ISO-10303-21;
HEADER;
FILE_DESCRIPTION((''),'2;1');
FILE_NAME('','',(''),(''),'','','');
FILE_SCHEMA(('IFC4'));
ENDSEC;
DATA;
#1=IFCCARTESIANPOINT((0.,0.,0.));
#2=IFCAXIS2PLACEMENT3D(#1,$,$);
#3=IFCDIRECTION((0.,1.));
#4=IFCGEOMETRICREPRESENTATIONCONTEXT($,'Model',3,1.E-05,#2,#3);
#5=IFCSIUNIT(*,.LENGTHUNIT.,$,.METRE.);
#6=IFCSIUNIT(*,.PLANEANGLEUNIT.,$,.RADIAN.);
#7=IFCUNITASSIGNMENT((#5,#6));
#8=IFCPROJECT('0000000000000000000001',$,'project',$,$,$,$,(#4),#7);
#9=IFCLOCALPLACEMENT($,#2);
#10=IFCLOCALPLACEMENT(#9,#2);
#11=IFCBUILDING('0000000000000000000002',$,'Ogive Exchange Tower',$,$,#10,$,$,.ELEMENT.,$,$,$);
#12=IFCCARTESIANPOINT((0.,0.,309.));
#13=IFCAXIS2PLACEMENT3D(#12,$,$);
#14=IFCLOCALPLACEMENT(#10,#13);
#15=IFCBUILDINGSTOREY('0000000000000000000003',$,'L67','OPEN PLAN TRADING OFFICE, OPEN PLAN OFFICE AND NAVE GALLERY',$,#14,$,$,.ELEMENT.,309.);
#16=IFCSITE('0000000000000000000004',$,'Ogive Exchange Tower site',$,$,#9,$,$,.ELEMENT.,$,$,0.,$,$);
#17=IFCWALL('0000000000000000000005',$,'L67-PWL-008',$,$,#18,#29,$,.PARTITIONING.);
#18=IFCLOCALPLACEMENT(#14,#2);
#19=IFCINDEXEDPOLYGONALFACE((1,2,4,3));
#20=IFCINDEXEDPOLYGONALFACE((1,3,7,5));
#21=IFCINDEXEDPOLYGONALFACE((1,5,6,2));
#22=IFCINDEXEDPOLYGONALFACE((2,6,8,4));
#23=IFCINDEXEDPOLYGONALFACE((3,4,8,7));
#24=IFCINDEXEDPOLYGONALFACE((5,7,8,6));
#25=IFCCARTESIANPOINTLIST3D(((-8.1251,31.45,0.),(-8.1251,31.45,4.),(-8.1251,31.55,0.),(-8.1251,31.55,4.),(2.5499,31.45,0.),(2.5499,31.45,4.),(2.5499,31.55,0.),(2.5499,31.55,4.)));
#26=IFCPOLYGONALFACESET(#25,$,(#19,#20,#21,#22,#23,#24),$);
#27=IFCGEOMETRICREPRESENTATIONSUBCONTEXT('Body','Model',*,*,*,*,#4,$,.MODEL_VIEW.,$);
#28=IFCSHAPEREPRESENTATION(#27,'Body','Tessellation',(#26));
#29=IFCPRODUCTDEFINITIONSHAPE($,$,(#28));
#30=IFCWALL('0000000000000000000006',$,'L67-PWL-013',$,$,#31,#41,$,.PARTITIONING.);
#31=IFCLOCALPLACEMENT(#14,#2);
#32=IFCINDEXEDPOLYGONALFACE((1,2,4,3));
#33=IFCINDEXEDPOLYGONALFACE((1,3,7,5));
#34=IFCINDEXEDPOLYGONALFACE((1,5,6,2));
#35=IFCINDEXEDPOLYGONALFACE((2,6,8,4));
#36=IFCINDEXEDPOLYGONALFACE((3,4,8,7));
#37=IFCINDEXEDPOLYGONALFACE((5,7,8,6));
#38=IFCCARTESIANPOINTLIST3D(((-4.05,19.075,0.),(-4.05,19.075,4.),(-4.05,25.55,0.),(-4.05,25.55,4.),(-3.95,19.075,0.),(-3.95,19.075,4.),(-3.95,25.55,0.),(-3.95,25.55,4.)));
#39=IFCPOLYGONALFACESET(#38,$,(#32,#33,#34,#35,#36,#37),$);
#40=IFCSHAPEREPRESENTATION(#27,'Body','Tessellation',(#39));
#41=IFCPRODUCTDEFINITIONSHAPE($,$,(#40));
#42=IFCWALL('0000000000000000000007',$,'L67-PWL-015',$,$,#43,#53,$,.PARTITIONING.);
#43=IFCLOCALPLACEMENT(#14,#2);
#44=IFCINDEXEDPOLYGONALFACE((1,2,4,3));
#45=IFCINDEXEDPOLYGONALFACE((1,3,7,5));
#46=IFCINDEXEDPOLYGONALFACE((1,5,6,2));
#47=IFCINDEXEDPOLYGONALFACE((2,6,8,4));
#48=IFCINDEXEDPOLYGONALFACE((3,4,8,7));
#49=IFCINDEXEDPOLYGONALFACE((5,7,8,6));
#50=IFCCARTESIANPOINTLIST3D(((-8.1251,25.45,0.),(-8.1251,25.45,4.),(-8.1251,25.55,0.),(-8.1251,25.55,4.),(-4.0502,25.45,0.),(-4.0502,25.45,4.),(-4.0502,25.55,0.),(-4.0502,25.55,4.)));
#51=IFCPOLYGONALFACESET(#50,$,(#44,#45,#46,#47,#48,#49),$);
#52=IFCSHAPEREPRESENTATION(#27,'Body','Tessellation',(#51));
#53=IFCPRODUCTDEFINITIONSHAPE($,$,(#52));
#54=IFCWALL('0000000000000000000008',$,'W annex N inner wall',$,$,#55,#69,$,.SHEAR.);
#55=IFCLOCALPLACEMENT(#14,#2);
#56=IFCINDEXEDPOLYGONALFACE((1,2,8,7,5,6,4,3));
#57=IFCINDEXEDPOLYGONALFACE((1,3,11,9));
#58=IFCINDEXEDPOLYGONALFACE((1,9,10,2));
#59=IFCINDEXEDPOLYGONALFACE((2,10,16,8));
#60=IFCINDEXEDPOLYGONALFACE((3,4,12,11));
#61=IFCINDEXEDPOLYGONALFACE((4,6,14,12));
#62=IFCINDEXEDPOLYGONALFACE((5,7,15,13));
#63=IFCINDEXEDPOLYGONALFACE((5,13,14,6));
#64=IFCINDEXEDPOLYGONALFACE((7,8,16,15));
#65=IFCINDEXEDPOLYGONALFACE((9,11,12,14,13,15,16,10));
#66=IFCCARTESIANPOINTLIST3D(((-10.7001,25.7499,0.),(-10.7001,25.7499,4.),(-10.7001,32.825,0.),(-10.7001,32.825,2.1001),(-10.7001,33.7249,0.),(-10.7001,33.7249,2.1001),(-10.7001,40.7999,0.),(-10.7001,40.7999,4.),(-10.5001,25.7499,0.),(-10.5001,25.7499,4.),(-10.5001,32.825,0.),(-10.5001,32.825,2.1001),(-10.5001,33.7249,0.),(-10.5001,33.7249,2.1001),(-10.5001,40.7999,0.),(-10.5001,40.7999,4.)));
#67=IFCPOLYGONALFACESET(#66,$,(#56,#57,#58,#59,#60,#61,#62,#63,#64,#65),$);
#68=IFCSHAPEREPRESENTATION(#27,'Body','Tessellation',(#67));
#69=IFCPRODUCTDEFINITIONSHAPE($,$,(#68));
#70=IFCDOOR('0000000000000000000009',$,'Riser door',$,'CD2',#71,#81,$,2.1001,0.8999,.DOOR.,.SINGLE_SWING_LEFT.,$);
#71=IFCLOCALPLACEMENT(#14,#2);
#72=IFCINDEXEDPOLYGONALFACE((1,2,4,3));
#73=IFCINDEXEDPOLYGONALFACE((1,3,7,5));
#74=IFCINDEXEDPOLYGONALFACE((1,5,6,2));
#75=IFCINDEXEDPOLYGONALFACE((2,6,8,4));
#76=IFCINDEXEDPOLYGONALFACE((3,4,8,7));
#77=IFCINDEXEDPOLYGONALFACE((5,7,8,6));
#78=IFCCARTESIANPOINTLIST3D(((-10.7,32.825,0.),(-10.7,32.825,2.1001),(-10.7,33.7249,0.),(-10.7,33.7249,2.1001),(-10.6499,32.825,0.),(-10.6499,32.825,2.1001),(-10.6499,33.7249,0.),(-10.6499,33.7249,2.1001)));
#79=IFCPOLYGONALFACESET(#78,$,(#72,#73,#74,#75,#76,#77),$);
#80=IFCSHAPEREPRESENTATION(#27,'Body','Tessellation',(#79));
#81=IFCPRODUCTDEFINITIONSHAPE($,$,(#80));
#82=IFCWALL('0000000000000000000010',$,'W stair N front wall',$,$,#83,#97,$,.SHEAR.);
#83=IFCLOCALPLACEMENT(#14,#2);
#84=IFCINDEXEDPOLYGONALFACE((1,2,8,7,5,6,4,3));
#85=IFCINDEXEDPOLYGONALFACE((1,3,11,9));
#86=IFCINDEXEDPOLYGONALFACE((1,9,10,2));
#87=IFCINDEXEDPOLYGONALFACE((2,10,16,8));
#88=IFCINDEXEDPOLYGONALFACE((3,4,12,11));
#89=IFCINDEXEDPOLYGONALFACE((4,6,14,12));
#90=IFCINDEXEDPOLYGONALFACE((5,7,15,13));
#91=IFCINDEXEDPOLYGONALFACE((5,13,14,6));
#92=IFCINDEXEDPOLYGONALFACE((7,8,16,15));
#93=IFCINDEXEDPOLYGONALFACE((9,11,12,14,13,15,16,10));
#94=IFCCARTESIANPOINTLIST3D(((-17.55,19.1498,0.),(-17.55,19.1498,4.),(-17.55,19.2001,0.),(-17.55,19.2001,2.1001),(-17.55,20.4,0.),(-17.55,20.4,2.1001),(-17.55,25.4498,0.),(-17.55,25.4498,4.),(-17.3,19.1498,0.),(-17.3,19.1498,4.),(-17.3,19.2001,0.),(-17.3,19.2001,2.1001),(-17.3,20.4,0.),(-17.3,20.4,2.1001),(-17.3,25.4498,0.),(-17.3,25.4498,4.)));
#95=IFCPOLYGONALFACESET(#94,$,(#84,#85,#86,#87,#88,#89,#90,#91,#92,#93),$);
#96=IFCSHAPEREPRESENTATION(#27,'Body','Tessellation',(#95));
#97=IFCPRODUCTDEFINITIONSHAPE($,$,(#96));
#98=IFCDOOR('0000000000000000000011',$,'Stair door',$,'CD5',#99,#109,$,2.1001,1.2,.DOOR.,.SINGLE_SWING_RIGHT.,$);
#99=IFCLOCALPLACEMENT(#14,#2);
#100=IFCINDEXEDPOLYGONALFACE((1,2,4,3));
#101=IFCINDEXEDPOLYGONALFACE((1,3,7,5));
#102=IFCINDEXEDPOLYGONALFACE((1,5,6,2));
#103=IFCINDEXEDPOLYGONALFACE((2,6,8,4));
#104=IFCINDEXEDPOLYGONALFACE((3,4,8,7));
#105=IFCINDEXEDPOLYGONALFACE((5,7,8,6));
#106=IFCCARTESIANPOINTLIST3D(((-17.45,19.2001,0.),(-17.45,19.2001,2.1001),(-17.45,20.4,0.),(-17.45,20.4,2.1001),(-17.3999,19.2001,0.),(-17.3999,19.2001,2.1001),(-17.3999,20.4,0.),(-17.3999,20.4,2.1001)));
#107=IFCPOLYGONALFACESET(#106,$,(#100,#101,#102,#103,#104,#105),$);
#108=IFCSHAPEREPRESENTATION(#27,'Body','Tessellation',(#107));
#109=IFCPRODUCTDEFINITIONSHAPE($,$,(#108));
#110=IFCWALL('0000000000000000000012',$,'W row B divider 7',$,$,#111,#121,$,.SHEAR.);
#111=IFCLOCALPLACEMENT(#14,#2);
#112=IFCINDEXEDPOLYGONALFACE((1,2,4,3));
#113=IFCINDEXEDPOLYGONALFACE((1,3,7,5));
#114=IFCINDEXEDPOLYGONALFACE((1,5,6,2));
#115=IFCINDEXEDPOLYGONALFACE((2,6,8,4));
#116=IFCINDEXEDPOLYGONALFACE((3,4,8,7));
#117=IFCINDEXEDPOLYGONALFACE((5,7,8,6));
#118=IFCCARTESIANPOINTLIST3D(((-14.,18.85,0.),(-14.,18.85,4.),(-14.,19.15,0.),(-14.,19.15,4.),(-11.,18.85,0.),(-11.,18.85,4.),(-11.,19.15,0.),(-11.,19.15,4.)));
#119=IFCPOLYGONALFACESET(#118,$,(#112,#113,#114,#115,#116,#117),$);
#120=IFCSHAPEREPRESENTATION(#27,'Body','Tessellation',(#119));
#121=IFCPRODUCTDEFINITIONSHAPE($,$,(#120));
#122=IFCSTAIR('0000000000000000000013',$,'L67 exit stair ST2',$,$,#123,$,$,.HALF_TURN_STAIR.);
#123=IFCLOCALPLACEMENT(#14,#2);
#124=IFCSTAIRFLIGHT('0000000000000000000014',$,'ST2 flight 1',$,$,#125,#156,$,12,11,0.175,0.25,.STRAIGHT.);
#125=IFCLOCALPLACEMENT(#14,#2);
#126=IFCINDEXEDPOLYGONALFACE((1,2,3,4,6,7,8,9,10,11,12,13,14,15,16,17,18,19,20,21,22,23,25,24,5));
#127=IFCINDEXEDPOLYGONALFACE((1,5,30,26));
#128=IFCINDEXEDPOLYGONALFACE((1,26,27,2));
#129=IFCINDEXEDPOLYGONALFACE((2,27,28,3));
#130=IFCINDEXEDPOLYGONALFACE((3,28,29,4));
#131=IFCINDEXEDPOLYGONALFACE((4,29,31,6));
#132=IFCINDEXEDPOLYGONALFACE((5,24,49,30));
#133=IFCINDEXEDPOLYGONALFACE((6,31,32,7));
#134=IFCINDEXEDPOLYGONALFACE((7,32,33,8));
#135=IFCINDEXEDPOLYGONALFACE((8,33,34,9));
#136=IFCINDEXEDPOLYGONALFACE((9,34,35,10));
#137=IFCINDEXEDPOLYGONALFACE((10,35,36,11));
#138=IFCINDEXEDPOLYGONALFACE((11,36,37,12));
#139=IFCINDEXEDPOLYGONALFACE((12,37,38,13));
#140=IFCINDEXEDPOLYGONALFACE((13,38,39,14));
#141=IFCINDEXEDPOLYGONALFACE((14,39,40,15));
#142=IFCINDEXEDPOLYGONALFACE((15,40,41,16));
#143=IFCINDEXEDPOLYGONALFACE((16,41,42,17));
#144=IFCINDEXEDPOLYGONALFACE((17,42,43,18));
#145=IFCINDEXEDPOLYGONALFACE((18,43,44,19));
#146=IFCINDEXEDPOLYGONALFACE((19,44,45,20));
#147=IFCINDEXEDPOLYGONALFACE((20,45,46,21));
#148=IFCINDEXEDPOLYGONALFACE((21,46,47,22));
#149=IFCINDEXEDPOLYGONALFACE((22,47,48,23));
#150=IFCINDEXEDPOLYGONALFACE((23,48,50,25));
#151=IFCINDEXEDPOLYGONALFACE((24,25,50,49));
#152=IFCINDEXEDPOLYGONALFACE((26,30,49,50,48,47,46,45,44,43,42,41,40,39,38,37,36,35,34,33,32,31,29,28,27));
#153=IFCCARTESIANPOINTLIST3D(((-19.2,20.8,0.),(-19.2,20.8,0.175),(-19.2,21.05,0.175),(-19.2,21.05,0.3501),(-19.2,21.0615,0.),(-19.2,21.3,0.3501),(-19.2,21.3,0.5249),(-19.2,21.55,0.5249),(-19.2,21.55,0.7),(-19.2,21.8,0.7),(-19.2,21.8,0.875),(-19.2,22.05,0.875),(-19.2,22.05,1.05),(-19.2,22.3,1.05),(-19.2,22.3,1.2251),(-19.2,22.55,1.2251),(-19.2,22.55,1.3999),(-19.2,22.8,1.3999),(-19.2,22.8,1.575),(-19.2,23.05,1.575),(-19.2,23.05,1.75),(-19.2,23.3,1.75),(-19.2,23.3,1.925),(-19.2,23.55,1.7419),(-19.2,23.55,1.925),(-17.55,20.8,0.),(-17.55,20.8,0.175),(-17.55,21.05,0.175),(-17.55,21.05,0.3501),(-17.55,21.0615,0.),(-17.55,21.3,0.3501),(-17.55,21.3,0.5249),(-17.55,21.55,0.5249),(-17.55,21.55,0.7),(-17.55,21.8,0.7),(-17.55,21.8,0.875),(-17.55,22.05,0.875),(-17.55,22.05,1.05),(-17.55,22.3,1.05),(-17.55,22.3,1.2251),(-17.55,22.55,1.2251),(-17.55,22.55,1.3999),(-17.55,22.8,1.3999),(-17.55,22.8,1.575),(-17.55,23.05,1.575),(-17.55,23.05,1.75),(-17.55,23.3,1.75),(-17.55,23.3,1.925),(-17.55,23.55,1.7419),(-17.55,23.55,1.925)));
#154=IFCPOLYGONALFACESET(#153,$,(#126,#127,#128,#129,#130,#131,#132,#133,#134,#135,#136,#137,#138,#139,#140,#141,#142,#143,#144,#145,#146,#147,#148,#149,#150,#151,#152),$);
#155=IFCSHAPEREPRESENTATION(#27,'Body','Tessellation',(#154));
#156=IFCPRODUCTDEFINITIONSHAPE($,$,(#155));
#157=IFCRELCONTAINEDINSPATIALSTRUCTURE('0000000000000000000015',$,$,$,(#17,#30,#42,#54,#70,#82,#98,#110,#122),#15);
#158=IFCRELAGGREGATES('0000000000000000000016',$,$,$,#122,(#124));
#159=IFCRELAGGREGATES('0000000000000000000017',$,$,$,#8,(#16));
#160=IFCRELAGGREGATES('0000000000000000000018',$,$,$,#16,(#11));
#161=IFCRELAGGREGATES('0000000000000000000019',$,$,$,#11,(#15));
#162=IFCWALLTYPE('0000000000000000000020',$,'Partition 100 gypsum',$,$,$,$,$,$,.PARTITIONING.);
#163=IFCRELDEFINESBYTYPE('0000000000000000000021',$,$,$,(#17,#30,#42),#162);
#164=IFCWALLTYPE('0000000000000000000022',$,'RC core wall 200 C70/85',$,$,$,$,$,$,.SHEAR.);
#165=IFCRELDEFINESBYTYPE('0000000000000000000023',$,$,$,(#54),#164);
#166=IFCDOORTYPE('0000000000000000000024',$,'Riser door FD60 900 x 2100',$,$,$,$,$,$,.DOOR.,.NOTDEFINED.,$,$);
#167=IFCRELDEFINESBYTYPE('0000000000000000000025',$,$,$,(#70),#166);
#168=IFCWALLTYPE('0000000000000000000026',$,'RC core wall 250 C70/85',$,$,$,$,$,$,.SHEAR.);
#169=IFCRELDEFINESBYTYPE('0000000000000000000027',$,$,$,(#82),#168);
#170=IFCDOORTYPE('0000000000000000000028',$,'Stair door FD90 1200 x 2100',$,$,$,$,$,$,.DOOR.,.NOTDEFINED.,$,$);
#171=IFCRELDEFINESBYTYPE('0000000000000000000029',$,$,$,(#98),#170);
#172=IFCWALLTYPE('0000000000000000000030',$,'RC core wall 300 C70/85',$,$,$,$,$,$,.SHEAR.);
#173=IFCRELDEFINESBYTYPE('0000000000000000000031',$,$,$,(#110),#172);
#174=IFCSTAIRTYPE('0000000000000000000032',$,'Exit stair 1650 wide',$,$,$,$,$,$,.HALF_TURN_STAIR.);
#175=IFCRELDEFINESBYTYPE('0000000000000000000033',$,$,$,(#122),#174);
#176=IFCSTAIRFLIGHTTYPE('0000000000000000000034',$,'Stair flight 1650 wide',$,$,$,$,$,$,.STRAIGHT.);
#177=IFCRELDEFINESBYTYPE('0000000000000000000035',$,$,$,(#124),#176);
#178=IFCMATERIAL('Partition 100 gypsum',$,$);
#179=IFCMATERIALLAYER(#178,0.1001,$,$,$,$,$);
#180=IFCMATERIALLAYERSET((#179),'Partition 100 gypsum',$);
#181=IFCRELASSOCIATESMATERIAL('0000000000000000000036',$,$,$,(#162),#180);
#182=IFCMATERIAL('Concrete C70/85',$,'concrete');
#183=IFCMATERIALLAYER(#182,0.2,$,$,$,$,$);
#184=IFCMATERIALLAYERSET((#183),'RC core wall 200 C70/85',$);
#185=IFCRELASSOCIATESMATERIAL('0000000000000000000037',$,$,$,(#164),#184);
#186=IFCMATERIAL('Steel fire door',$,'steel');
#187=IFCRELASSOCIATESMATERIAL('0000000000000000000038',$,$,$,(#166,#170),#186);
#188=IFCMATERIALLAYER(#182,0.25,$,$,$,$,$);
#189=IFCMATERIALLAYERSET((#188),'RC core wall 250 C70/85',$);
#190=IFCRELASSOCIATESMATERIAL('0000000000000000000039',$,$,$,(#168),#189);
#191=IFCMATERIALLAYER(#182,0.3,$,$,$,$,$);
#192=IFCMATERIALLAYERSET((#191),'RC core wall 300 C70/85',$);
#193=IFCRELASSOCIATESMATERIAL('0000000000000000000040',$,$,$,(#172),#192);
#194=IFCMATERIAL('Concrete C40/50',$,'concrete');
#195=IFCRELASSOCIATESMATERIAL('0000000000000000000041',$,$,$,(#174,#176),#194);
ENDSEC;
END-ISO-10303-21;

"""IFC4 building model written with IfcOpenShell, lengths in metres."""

from ifc_helpers import new_model, si_unit, direction, frame, frame_2d, origin, place, context, subcontext, project, spatial, polyline, rectangle, outline, extrude, material, layer, layer_set, type_object, element, fill, aggregate, save


model = new_model("IFC4")

# Units and contexts
model_context = context("Model", 3, precision=1e-05, world=origin(), true_north=direction((0.0, 1.0)))
body_context = subcontext(model_context, "Body", "Model", "MODEL_VIEW")
ifc_project = project(units=[si_unit("LENGTHUNIT", "METRE"), si_unit("PLANEANGLEUNIT", "RADIAN")], contexts=[model_context])

# Site, building, storey
site_placement = place(None, origin())
site = spatial("IfcSite", under=ifc_project, at=site_placement, Name="Ogive Exchange Tower site", CompositionType="ELEMENT", RefElevation=0.0)
building_placement = place(site_placement, origin())
building = spatial("IfcBuilding", under=site, at=building_placement, Name="Ogive Exchange Tower", CompositionType="ELEMENT")
storey_placement = place(building_placement, frame((0.0, 0.0, 309.0)))
storey = spatial("IfcBuildingStorey", under=building, at=storey_placement, Name="L67", Description="OPEN PLAN TRADING OFFICE, OPEN PLAN OFFICE AND NAVE GALLERY", CompositionType="ELEMENT", Elevation=309.0)

# Walls
ifc_material_1 = material(Name="Partition 100 gypsum")
ifc_layer_1 = layer(ifc_material_1, 0.1001)
ifc_layer_set_1 = layer_set([ifc_layer_1], Name="Partition 100 gypsum")
wall_type_1 = type_object("IfcWallType", Name="Partition 100 gypsum", PredefinedType="PARTITIONING", material=ifc_layer_set_1)
wall_1_placement = place(storey_placement, frame((-8.125, 31.5, 0.0), z_axis=(0.0, 0.0, 1.0), x_axis=(1.0, 0.0, 0.0)))
element("IfcWall", 1, at=wall_1_placement, inside=storey, type_object=wall_type_1, Name="L67-PWL-008", PredefinedType="PARTITIONING", context=body_context, shape_type="SweptSolid", body=[
    extrude(rectangle(XDim=10.675, YDim=0.1001, at=frame_2d((5.3374, 0.0))), origin(), (0.0, 0.0, 1.0), 4.0),
])
wall_2_placement = place(storey_placement, frame((-4.0, 19.075, 0.0), z_axis=(0.0, 0.0, 1.0), x_axis=(0.0, 1.0, 0.0)))
element("IfcWall", 2, at=wall_2_placement, inside=storey, type_object=wall_type_1, Name="L67-PWL-013", PredefinedType="PARTITIONING", context=body_context, shape_type="SweptSolid", body=[
    extrude(rectangle(XDim=6.4751, YDim=0.1001, at=frame_2d((3.2375, 0.0))), origin(), (0.0, 0.0, 1.0), 4.0),
])
wall_3_placement = place(storey_placement, frame((-4.05, 25.5, 0.0), z_axis=(0.0, 0.0, 1.0), x_axis=(-1.0, 0.0, 0.0)))
element("IfcWall", 3, at=wall_3_placement, inside=storey, type_object=wall_type_1, Name="L67-PWL-015", PredefinedType="PARTITIONING", context=body_context, shape_type="SweptSolid", body=[
    extrude(rectangle(XDim=4.075, YDim=0.1001, at=frame_2d((2.0376, 0.0))), origin(), (0.0, 0.0, 1.0), 4.0),
])

# Walls, openings, doors
ifc_material_2 = material(Name="Concrete C70/85", Category="concrete")
ifc_layer_2 = layer(ifc_material_2, 0.2)
ifc_layer_set_2 = layer_set([ifc_layer_2], Name="RC core wall 200 C70/85")
wall_type_2 = type_object("IfcWallType", Name="RC core wall 200 C70/85", PredefinedType="SHEAR", material=ifc_layer_set_2)
wall_4_placement = place(storey_placement, frame((-10.6001, 25.75, 0.0), z_axis=(0.0, 0.0, 1.0), x_axis=(0.0, 1.0, 0.0)))
wall_4 = element("IfcWall", 4, at=wall_4_placement, inside=storey, type_object=wall_type_2, Name="W annex N inner wall", PredefinedType="SHEAR", context=body_context, shape_type="SweptSolid", body=[
    extrude(rectangle(XDim=15.05, YDim=0.2, at=frame_2d((7.5249, 0.0))), origin(), (0.0, 0.0, 1.0), 4.0),
])
opening_1_placement = place(wall_4_placement, frame((7.075, 0.0, 0.0)))
opening_1 = element("IfcOpeningElement", 5, at=opening_1_placement, cuts=wall_4, PredefinedType="OPENING", context=body_context, shape_type="SweptSolid", body=[
    extrude(rectangle(XDim=0.8999, YDim=2.1001, at=frame_2d((0.45, 1.05))), frame((0.0, 0.1099, 0.0), z_axis=(0.0, -1.0, 0.0), x_axis=(1.0, 0.0, 0.0)), (0.0, 0.0, 1.0), 0.22),
])
ifc_material_3 = material(Name="Steel fire door", Category="steel")
door_type_1 = type_object("IfcDoorType", Name="Riser door FD60 900 x 2100", OperationType="NOTDEFINED", PredefinedType="DOOR", material=ifc_material_3)
door_1_placement = place(opening_1_placement, frame((0.8999, 0.1499, 0.0), z_axis=(0.0, 0.0, 1.0), x_axis=(-1.0, 0.0, 0.0)))
door_1 = element("IfcDoor", 6, at=door_1_placement, inside=storey, type_object=door_type_1, Name="Riser door", ObjectType="CD2", OperationType="SINGLE_SWING_LEFT", OverallHeight=2.1001, OverallWidth=0.8999, PredefinedType="DOOR", context=body_context, shape_type="SweptSolid", body=[
    extrude(rectangle(XDim=0.8999, YDim=2.1001, at=frame_2d((0.45, 1.05))), frame((0.0, 0.1001, 0.0), z_axis=(0.0, -1.0, 0.0), x_axis=(1.0, 0.0, 0.0)), (0.0, 0.0, 1.0), 0.05),
])
fill(opening_1, door_1)
ifc_layer_3 = layer(ifc_material_2, 0.25)
ifc_layer_set_3 = layer_set([ifc_layer_3], Name="RC core wall 250 C70/85")
wall_type_3 = type_object("IfcWallType", Name="RC core wall 250 C70/85", PredefinedType="SHEAR", material=ifc_layer_set_3)
wall_5_placement = place(storey_placement, frame((-17.425, 19.1499, 0.0), z_axis=(0.0, 0.0, 1.0), x_axis=(0.0, 1.0, 0.0)))
wall_5 = element("IfcWall", 7, at=wall_5_placement, inside=storey, type_object=wall_type_3, Name="W stair N front wall", PredefinedType="SHEAR", context=body_context, shape_type="SweptSolid", body=[
    extrude(rectangle(XDim=6.3, YDim=0.25, at=frame_2d((3.1499, 0.0))), origin(), (0.0, 0.0, 1.0), 4.0),
])
opening_2_placement = place(wall_5_placement, frame((0.05, 0.0, 0.0)))
opening_2 = element("IfcOpeningElement", 8, at=opening_2_placement, cuts=wall_5, PredefinedType="OPENING", context=body_context, shape_type="SweptSolid", body=[
    extrude(rectangle(XDim=1.2, YDim=2.1001, at=frame_2d((0.6001, 1.05))), frame((0.0, 0.135, 0.0), z_axis=(0.0, -1.0, 0.0), x_axis=(1.0, 0.0, 0.0)), (0.0, 0.0, 1.0), 0.27),
])
door_type_2 = type_object("IfcDoorType", Name="Stair door FD90 1200 x 2100", OperationType="NOTDEFINED", PredefinedType="DOOR", material=ifc_material_3)
door_2_placement = place(opening_2_placement, origin())
door_2 = element("IfcDoor", 9, at=door_2_placement, inside=storey, type_object=door_type_2, Name="Stair door", ObjectType="CD5", OperationType="SINGLE_SWING_RIGHT", OverallHeight=2.1001, OverallWidth=1.2, PredefinedType="DOOR", context=body_context, shape_type="SweptSolid", body=[
    extrude(rectangle(XDim=1.2, YDim=2.1001, at=frame_2d((0.6001, 1.05))), frame((0.0, 0.0249, 0.0), z_axis=(0.0, -1.0, 0.0), x_axis=(1.0, 0.0, 0.0)), (0.0, 0.0, 1.0), 0.05),
])
fill(opening_2, door_2)

# Wall
ifc_layer_4 = layer(ifc_material_2, 0.3)
ifc_layer_set_4 = layer_set([ifc_layer_4], Name="RC core wall 300 C70/85")
wall_type_4 = type_object("IfcWallType", Name="RC core wall 300 C70/85", PredefinedType="SHEAR", material=ifc_layer_set_4)
wall_6_placement = place(storey_placement, frame((-14.0, 19.0, 0.0), z_axis=(0.0, 0.0, 1.0), x_axis=(1.0, 0.0, 0.0)))
element("IfcWall", 10, at=wall_6_placement, inside=storey, type_object=wall_type_4, Name="W row B divider 7", PredefinedType="SHEAR", context=body_context, shape_type="SweptSolid", body=[
    extrude(rectangle(XDim=3.0, YDim=0.3, at=frame_2d((1.5, 0.0))), origin(), (0.0, 0.0, 1.0), 4.0),
])

# Stair, stair flight
ifc_material_4 = material(Name="Concrete C40/50", Category="concrete")
stair_type = type_object("IfcStairType", Name="Exit stair 1650 wide", PredefinedType="HALF_TURN_STAIR", material=ifc_material_4)
stair_placement = place(storey_placement, origin())
stair = element("IfcStair", 11, at=stair_placement, inside=storey, type_object=stair_type, Name="L67 exit stair ST2", PredefinedType="HALF_TURN_STAIR")
stair_flight_type = type_object("IfcStairFlightType", Name="Stair flight 1650 wide", PredefinedType="STRAIGHT", material=ifc_material_4)
stair_flight_placement = place(storey_placement, frame((-18.375, 20.8, 0.0), z_axis=(0.0, 0.0, 1.0), x_axis=(0.0, 1.0, 0.0)))
stair_flight = element("IfcStairFlight", 12, at=stair_flight_placement, type_object=stair_flight_type, Name="ST2 flight 1", NumberOfRisers=12, NumberOfTreads=11, PredefinedType="STRAIGHT", RiserHeight=0.175, TreadLength=0.25, context=body_context, shape_type="SweptSolid", body=[
    extrude(outline(polyline([(0.0, 0.0), (0.0, 0.175), (0.25, 0.175), (0.25, 0.3501), (0.5, 0.3501), (0.5, 0.5249), (0.75, 0.5249), (0.75, 0.7), (1.0, 0.7), (1.0, 0.875), (1.25, 0.875), (1.25, 1.05), (1.5, 1.05), (1.5, 1.2251), (1.75, 1.2251), (1.75, 1.3999), (2.0, 1.3999), (2.0, 1.575), (2.25, 1.575), (2.25, 1.75), (2.5, 1.75), (2.5, 1.925), (2.75, 1.925), (2.75, 2.1001), (2.75, 1.7419), (0.2615, 0.0), (0.0, 0.0)])), frame((0.0, 0.825, 0.0), z_axis=(0.0, -1.0, 0.0), x_axis=(1.0, 0.0, 0.0)), (0.0, 0.0, 1.0), 1.6499),
])
aggregate(stair, [stair_flight])

save(model, "model.ifc")
